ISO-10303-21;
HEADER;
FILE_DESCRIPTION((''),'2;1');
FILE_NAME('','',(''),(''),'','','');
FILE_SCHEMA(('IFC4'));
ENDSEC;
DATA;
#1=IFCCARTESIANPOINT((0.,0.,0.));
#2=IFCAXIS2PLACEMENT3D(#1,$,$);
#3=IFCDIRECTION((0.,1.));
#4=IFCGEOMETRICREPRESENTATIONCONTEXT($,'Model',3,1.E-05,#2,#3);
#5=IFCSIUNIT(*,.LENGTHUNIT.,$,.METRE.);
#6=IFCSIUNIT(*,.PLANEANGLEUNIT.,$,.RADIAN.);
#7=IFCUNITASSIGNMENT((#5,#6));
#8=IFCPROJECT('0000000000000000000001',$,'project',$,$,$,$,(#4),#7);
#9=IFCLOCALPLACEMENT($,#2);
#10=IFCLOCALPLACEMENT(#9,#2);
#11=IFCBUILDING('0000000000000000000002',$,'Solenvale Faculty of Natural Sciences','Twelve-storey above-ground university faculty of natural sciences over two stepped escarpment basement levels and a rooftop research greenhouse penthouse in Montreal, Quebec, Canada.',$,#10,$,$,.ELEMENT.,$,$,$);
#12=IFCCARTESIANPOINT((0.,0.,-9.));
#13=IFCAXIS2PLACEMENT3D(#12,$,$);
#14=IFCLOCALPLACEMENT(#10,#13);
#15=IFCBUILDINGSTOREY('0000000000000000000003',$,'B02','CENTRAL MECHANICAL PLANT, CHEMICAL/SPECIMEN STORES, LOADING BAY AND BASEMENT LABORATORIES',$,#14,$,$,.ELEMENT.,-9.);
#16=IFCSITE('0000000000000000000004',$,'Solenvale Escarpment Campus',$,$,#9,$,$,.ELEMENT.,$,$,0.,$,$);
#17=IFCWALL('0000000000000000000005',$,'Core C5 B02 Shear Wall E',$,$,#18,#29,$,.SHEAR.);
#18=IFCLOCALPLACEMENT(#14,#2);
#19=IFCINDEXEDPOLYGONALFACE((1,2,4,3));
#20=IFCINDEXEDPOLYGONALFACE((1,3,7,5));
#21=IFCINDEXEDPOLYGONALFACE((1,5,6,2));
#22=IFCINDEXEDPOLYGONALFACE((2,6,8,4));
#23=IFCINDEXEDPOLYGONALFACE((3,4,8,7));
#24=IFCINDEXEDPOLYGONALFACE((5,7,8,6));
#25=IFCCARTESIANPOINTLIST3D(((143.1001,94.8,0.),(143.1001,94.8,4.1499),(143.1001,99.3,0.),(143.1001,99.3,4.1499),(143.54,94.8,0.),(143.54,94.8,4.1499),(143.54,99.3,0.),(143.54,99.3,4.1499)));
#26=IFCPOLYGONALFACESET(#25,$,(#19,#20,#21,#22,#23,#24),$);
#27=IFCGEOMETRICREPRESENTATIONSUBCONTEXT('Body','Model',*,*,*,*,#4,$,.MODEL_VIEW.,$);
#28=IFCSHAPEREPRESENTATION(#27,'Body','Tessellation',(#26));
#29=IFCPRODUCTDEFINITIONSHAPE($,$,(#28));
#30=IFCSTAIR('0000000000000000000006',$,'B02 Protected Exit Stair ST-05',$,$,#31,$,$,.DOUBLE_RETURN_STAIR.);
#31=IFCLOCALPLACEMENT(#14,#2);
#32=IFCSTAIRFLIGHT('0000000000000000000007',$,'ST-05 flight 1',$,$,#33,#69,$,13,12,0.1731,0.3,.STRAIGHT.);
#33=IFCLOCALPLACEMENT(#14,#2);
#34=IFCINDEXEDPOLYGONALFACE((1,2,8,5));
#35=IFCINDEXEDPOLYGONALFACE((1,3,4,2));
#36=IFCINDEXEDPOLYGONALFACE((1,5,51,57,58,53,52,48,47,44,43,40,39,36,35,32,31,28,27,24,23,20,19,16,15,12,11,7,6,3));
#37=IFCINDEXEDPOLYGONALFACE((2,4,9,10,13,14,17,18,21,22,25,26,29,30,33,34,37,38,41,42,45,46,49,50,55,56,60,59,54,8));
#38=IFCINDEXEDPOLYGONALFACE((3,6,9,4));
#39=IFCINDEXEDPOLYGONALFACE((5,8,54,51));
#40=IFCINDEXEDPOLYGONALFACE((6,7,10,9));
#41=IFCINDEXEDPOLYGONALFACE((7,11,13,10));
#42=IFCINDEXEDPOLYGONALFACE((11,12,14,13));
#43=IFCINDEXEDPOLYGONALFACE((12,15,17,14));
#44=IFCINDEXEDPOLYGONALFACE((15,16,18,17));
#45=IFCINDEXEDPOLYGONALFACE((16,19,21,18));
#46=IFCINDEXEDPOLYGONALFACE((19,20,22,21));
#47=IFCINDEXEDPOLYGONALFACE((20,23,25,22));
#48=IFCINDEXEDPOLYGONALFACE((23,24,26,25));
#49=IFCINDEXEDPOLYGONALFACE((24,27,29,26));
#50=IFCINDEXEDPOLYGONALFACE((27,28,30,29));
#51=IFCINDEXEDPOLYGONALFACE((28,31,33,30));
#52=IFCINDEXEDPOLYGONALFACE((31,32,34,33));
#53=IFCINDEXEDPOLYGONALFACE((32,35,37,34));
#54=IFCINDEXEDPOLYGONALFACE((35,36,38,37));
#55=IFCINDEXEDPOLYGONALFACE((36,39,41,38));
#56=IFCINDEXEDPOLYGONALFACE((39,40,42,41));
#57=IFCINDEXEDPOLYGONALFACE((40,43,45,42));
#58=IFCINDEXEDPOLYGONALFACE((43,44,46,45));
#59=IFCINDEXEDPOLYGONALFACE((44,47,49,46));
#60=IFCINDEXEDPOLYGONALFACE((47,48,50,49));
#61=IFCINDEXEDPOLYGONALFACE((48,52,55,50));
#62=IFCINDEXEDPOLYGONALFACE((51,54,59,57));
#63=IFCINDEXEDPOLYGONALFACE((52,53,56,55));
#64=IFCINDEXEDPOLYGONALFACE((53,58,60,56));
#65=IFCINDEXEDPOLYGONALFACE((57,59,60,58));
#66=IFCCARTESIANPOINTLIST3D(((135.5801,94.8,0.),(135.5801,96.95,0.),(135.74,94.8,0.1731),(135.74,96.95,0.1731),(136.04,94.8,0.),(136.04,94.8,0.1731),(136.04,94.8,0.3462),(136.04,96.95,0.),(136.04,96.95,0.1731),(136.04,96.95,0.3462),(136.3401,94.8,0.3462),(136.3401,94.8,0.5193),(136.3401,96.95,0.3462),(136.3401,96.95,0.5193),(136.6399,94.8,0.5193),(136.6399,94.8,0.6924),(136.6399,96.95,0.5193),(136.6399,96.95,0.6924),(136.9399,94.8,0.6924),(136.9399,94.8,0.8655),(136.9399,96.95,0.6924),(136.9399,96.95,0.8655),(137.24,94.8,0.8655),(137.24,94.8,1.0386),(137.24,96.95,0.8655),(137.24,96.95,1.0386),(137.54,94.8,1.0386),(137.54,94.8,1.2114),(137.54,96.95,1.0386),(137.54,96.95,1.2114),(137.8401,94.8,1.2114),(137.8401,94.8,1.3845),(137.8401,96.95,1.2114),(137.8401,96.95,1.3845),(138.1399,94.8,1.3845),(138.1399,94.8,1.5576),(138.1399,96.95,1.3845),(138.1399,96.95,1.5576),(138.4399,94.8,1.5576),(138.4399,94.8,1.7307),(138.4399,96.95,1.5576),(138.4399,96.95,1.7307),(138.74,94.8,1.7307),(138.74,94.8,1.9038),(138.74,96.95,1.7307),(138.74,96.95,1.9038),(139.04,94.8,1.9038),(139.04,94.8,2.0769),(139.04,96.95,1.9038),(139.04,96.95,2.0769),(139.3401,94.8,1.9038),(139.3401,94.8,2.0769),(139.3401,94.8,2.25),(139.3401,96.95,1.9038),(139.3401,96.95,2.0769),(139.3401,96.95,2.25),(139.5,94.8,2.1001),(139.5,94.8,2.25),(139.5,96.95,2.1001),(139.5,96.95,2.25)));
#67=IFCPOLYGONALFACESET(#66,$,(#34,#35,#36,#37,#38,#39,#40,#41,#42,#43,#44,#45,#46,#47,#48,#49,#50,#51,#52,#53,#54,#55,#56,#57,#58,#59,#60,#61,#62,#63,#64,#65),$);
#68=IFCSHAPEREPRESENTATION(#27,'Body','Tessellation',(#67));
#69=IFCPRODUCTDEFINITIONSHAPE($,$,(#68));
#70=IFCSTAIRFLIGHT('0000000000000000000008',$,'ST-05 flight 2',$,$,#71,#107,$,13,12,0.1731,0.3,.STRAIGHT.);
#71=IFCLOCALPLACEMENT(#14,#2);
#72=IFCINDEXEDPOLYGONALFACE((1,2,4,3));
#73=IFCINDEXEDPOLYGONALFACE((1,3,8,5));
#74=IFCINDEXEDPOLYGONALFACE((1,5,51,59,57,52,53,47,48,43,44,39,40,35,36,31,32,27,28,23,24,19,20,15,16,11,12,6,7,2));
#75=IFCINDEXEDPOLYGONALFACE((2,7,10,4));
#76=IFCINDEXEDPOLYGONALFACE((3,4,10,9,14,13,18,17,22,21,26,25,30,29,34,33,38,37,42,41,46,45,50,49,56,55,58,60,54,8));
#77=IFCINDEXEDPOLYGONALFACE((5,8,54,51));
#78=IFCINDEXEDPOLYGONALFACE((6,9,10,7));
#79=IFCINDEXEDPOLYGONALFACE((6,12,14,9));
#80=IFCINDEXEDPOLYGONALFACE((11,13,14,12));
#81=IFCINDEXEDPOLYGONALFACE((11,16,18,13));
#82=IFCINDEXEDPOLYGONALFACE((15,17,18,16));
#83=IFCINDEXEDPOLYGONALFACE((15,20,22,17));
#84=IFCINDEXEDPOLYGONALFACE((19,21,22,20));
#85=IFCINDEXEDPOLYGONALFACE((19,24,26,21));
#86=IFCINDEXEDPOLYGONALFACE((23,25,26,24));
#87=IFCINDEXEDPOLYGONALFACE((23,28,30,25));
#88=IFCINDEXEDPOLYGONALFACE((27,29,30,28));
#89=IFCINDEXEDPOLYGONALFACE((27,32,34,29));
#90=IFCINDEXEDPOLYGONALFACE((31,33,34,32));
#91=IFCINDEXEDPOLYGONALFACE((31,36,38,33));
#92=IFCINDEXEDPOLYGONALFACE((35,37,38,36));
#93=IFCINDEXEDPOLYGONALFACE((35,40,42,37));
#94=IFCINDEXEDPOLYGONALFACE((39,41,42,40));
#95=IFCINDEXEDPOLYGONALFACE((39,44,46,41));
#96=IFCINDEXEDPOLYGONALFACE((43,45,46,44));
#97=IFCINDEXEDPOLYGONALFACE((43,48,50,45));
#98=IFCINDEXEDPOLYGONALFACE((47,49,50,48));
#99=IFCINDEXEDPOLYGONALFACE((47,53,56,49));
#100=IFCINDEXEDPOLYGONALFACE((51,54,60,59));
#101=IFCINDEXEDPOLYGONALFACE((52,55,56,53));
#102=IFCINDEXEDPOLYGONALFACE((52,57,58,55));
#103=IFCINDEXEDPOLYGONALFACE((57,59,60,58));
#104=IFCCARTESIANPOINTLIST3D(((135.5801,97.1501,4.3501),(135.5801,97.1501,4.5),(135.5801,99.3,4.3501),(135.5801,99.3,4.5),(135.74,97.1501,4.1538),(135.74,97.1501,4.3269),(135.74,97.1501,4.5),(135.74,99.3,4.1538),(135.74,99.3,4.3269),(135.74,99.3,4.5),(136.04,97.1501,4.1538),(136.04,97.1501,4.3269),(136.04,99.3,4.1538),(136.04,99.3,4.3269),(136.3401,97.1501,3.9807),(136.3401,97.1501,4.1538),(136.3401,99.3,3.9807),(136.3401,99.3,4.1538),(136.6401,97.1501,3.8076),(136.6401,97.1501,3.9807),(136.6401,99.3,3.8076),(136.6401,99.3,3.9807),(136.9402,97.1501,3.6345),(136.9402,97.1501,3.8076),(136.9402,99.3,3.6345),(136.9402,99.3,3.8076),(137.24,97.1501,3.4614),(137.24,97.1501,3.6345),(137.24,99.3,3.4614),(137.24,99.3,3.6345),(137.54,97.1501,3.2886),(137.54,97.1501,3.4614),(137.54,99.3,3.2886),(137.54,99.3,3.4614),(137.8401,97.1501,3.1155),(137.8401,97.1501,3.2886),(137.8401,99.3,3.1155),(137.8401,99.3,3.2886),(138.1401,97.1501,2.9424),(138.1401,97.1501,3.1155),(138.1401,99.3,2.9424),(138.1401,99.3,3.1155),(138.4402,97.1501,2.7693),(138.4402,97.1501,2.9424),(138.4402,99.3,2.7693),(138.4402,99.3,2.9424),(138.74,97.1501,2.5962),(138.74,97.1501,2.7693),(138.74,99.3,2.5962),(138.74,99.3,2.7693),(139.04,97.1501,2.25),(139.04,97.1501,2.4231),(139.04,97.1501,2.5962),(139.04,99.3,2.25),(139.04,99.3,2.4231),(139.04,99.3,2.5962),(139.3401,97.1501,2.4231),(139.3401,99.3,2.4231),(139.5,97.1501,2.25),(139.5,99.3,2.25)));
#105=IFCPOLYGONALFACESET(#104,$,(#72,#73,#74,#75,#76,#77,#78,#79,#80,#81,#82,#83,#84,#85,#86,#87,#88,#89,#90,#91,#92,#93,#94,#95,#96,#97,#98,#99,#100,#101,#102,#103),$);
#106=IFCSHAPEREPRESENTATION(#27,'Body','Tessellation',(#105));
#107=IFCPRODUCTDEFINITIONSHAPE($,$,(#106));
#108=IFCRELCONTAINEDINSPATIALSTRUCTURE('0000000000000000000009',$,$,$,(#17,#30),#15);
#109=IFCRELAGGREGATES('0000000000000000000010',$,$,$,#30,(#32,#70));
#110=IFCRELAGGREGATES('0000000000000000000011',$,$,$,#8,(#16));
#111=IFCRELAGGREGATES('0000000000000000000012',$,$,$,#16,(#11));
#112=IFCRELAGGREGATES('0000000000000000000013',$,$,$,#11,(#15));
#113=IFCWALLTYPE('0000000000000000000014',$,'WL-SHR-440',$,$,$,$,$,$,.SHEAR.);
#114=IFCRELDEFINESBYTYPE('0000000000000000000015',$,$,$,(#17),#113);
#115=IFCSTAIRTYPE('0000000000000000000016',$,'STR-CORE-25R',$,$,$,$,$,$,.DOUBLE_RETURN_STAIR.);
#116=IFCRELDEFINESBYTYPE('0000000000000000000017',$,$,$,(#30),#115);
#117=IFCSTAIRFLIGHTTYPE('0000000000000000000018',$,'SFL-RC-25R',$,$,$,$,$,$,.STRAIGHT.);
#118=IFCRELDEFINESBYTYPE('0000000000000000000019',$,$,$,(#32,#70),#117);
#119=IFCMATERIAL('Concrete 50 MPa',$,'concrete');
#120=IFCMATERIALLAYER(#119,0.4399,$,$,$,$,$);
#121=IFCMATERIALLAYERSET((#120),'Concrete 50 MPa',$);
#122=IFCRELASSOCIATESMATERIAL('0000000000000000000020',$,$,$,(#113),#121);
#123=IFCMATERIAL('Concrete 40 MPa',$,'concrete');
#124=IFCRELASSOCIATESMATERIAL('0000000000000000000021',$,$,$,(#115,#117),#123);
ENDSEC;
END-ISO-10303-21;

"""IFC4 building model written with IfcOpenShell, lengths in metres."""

from ifc_helpers import new_model, si_unit, direction, frame, frame_2d, origin, place, context, subcontext, project, spatial, polyline, rectangle, outline, extrude, material, layer, layer_set, type_object, element, aggregate, save


model = new_model("IFC4")

# Units and contexts
model_context = context("Model", 3, precision=1e-05, world=origin(), true_north=direction((0.0, 1.0)))
body_context = subcontext(model_context, "Body", "Model", "MODEL_VIEW")
ifc_project = project(units=[si_unit("LENGTHUNIT", "METRE"), si_unit("PLANEANGLEUNIT", "RADIAN")], contexts=[model_context])

# Site, building, storey
site_placement = place(None, origin())
site = spatial("IfcSite", under=ifc_project, at=site_placement, Name="Solenvale Escarpment Campus", CompositionType="ELEMENT", RefElevation=0.0)
building_placement = place(site_placement, origin())
building = spatial("IfcBuilding", under=site, at=building_placement, Name="Solenvale Faculty of Natural Sciences", Description="Twelve-storey above-ground university faculty of natural sciences over two stepped escarpment basement levels and a rooftop research greenhouse penthouse in Montreal, Quebec, Canada.", CompositionType="ELEMENT")
storey_placement = place(building_placement, frame((0.0, 0.0, -9.0)))
storey = spatial("IfcBuildingStorey", under=building, at=storey_placement, Name="B02", Description="CENTRAL MECHANICAL PLANT, CHEMICAL/SPECIMEN STORES, LOADING BAY AND BASEMENT LABORATORIES", CompositionType="ELEMENT", Elevation=-9.0)

# Shared definitions
ifc_material_1 = material(Name="Concrete 40 MPa", Category="concrete")

# Shared definitions
ifc_material_2 = material(Name="Concrete 50 MPa", Category="concrete")

# Wall
ifc_layer = layer(ifc_material_2, 0.4399)
ifc_layer_set = layer_set([ifc_layer], Name="Concrete 50 MPa")
wall_type = type_object("IfcWallType", Name="WL-SHR-440", PredefinedType="SHEAR", material=ifc_layer_set)
wall_placement = place(storey_placement, frame((143.3201, 94.8, 0.0), z_axis=(0.0, 0.0, 1.0), x_axis=(0.0, 1.0, 0.0)))
element("IfcWall", 1, at=wall_placement, inside=storey, type_object=wall_type, Name="Core C5 B02 Shear Wall E", PredefinedType="SHEAR", context=body_context, shape_type="SweptSolid", body=[
    extrude(rectangle(XDim=4.5, YDim=0.4399, at=frame_2d((2.25, 0.0))), origin(), (0.0, 0.0, 1.0), 4.1499),
])

# Stair, stair flights
stair_type = type_object("IfcStairType", Name="STR-CORE-25R", PredefinedType="DOUBLE_RETURN_STAIR", material=ifc_material_1)
stair_placement = place(storey_placement, origin())
stair = element("IfcStair", 2, at=stair_placement, inside=storey, type_object=stair_type, Name="B02 Protected Exit Stair ST-05", PredefinedType="DOUBLE_RETURN_STAIR")
stair_flight_type = type_object("IfcStairFlightType", Name="SFL-RC-25R", PredefinedType="STRAIGHT", material=ifc_material_1)
stair_flight_1_placement = place(storey_placement, frame((135.74, 95.875, 0.0), z_axis=(0.0, 0.0, 1.0), x_axis=(1.0, 0.0, 0.0)))
stair_flight_1 = element("IfcStairFlight", 3, at=stair_flight_1_placement, type_object=stair_flight_type, Name="ST-05 flight 1", NumberOfRisers=13, NumberOfTreads=12, PredefinedType="STRAIGHT", RiserHeight=0.1731, TreadLength=0.3, context=body_context, shape_type="SweptSolid", body=[
    extrude(outline(polyline([(-0.1599, 0.0), (0.0, 0.1731), (0.3, 0.1731), (0.3, 0.3462), (0.6001, 0.3462), (0.6001, 0.5193), (0.8999, 0.5193), (0.8999, 0.6924), (1.2, 0.6924), (1.2, 0.8655), (1.5, 0.8655), (1.5, 1.0386), (1.8, 1.0386), (1.8, 1.2114), (2.1001, 1.2114), (2.1001, 1.3845), (2.3999, 1.3845), (2.3999, 1.5576), (2.7, 1.5576), (2.7, 1.7307), (3.0, 1.7307), (3.0, 1.9038), (3.3, 1.9038), (3.3, 2.0769), (3.6001, 2.0769), (3.6001, 2.25), (3.76, 2.25), (3.76, 2.1001), (3.6001, 1.9038), (0.3, 0.0), (-0.1599, 0.0)])), frame((0.0, 1.075, 0.0), z_axis=(0.0, -1.0, 0.0), x_axis=(1.0, 0.0, 0.0)), (0.0, 0.0, 1.0), 2.1499),
])
stair_flight_2_placement = place(storey_placement, frame((139.3401, 98.2251, 2.25), z_axis=(0.0, 0.0, 1.0), x_axis=(-1.0, 0.0, 0.0)))
stair_flight_2 = element("IfcStairFlight", 4, at=stair_flight_2_placement, type_object=stair_flight_type, Name="ST-05 flight 2", NumberOfRisers=13, NumberOfTreads=12, PredefinedType="STRAIGHT", RiserHeight=0.1731, TreadLength=0.3, context=body_context, shape_type="SweptSolid", body=[
    extrude(outline(polyline([(-0.1599, 0.0), (0.0, 0.1731), (0.3, 0.1731), (0.3, 0.3462), (0.6001, 0.3462), (0.6001, 0.5193), (0.8999, 0.5193), (0.8999, 0.6924), (1.2, 0.6924), (1.2, 0.8655), (1.5, 0.8655), (1.5, 1.0386), (1.8, 1.0386), (1.8, 1.2114), (2.1001, 1.2114), (2.1001, 1.3845), (2.3999, 1.3845), (2.3999, 1.5576), (2.7, 1.5576), (2.7, 1.7307), (3.0, 1.7307), (3.0, 1.9038), (3.3, 1.9038), (3.3, 2.0769), (3.6001, 2.0769), (3.6001, 2.25), (3.76, 2.25), (3.76, 2.1001), (3.6001, 1.9038), (0.3, 0.0), (-0.1599, 0.0)])), frame((0.0, 1.075, 0.0), z_axis=(0.0, -1.0, 0.0), x_axis=(1.0, 0.0, 0.0)), (0.0, 0.0, 1.0), 2.1499),
])
aggregate(stair, [stair_flight_1, stair_flight_2])

save(model, "model.ifc")
